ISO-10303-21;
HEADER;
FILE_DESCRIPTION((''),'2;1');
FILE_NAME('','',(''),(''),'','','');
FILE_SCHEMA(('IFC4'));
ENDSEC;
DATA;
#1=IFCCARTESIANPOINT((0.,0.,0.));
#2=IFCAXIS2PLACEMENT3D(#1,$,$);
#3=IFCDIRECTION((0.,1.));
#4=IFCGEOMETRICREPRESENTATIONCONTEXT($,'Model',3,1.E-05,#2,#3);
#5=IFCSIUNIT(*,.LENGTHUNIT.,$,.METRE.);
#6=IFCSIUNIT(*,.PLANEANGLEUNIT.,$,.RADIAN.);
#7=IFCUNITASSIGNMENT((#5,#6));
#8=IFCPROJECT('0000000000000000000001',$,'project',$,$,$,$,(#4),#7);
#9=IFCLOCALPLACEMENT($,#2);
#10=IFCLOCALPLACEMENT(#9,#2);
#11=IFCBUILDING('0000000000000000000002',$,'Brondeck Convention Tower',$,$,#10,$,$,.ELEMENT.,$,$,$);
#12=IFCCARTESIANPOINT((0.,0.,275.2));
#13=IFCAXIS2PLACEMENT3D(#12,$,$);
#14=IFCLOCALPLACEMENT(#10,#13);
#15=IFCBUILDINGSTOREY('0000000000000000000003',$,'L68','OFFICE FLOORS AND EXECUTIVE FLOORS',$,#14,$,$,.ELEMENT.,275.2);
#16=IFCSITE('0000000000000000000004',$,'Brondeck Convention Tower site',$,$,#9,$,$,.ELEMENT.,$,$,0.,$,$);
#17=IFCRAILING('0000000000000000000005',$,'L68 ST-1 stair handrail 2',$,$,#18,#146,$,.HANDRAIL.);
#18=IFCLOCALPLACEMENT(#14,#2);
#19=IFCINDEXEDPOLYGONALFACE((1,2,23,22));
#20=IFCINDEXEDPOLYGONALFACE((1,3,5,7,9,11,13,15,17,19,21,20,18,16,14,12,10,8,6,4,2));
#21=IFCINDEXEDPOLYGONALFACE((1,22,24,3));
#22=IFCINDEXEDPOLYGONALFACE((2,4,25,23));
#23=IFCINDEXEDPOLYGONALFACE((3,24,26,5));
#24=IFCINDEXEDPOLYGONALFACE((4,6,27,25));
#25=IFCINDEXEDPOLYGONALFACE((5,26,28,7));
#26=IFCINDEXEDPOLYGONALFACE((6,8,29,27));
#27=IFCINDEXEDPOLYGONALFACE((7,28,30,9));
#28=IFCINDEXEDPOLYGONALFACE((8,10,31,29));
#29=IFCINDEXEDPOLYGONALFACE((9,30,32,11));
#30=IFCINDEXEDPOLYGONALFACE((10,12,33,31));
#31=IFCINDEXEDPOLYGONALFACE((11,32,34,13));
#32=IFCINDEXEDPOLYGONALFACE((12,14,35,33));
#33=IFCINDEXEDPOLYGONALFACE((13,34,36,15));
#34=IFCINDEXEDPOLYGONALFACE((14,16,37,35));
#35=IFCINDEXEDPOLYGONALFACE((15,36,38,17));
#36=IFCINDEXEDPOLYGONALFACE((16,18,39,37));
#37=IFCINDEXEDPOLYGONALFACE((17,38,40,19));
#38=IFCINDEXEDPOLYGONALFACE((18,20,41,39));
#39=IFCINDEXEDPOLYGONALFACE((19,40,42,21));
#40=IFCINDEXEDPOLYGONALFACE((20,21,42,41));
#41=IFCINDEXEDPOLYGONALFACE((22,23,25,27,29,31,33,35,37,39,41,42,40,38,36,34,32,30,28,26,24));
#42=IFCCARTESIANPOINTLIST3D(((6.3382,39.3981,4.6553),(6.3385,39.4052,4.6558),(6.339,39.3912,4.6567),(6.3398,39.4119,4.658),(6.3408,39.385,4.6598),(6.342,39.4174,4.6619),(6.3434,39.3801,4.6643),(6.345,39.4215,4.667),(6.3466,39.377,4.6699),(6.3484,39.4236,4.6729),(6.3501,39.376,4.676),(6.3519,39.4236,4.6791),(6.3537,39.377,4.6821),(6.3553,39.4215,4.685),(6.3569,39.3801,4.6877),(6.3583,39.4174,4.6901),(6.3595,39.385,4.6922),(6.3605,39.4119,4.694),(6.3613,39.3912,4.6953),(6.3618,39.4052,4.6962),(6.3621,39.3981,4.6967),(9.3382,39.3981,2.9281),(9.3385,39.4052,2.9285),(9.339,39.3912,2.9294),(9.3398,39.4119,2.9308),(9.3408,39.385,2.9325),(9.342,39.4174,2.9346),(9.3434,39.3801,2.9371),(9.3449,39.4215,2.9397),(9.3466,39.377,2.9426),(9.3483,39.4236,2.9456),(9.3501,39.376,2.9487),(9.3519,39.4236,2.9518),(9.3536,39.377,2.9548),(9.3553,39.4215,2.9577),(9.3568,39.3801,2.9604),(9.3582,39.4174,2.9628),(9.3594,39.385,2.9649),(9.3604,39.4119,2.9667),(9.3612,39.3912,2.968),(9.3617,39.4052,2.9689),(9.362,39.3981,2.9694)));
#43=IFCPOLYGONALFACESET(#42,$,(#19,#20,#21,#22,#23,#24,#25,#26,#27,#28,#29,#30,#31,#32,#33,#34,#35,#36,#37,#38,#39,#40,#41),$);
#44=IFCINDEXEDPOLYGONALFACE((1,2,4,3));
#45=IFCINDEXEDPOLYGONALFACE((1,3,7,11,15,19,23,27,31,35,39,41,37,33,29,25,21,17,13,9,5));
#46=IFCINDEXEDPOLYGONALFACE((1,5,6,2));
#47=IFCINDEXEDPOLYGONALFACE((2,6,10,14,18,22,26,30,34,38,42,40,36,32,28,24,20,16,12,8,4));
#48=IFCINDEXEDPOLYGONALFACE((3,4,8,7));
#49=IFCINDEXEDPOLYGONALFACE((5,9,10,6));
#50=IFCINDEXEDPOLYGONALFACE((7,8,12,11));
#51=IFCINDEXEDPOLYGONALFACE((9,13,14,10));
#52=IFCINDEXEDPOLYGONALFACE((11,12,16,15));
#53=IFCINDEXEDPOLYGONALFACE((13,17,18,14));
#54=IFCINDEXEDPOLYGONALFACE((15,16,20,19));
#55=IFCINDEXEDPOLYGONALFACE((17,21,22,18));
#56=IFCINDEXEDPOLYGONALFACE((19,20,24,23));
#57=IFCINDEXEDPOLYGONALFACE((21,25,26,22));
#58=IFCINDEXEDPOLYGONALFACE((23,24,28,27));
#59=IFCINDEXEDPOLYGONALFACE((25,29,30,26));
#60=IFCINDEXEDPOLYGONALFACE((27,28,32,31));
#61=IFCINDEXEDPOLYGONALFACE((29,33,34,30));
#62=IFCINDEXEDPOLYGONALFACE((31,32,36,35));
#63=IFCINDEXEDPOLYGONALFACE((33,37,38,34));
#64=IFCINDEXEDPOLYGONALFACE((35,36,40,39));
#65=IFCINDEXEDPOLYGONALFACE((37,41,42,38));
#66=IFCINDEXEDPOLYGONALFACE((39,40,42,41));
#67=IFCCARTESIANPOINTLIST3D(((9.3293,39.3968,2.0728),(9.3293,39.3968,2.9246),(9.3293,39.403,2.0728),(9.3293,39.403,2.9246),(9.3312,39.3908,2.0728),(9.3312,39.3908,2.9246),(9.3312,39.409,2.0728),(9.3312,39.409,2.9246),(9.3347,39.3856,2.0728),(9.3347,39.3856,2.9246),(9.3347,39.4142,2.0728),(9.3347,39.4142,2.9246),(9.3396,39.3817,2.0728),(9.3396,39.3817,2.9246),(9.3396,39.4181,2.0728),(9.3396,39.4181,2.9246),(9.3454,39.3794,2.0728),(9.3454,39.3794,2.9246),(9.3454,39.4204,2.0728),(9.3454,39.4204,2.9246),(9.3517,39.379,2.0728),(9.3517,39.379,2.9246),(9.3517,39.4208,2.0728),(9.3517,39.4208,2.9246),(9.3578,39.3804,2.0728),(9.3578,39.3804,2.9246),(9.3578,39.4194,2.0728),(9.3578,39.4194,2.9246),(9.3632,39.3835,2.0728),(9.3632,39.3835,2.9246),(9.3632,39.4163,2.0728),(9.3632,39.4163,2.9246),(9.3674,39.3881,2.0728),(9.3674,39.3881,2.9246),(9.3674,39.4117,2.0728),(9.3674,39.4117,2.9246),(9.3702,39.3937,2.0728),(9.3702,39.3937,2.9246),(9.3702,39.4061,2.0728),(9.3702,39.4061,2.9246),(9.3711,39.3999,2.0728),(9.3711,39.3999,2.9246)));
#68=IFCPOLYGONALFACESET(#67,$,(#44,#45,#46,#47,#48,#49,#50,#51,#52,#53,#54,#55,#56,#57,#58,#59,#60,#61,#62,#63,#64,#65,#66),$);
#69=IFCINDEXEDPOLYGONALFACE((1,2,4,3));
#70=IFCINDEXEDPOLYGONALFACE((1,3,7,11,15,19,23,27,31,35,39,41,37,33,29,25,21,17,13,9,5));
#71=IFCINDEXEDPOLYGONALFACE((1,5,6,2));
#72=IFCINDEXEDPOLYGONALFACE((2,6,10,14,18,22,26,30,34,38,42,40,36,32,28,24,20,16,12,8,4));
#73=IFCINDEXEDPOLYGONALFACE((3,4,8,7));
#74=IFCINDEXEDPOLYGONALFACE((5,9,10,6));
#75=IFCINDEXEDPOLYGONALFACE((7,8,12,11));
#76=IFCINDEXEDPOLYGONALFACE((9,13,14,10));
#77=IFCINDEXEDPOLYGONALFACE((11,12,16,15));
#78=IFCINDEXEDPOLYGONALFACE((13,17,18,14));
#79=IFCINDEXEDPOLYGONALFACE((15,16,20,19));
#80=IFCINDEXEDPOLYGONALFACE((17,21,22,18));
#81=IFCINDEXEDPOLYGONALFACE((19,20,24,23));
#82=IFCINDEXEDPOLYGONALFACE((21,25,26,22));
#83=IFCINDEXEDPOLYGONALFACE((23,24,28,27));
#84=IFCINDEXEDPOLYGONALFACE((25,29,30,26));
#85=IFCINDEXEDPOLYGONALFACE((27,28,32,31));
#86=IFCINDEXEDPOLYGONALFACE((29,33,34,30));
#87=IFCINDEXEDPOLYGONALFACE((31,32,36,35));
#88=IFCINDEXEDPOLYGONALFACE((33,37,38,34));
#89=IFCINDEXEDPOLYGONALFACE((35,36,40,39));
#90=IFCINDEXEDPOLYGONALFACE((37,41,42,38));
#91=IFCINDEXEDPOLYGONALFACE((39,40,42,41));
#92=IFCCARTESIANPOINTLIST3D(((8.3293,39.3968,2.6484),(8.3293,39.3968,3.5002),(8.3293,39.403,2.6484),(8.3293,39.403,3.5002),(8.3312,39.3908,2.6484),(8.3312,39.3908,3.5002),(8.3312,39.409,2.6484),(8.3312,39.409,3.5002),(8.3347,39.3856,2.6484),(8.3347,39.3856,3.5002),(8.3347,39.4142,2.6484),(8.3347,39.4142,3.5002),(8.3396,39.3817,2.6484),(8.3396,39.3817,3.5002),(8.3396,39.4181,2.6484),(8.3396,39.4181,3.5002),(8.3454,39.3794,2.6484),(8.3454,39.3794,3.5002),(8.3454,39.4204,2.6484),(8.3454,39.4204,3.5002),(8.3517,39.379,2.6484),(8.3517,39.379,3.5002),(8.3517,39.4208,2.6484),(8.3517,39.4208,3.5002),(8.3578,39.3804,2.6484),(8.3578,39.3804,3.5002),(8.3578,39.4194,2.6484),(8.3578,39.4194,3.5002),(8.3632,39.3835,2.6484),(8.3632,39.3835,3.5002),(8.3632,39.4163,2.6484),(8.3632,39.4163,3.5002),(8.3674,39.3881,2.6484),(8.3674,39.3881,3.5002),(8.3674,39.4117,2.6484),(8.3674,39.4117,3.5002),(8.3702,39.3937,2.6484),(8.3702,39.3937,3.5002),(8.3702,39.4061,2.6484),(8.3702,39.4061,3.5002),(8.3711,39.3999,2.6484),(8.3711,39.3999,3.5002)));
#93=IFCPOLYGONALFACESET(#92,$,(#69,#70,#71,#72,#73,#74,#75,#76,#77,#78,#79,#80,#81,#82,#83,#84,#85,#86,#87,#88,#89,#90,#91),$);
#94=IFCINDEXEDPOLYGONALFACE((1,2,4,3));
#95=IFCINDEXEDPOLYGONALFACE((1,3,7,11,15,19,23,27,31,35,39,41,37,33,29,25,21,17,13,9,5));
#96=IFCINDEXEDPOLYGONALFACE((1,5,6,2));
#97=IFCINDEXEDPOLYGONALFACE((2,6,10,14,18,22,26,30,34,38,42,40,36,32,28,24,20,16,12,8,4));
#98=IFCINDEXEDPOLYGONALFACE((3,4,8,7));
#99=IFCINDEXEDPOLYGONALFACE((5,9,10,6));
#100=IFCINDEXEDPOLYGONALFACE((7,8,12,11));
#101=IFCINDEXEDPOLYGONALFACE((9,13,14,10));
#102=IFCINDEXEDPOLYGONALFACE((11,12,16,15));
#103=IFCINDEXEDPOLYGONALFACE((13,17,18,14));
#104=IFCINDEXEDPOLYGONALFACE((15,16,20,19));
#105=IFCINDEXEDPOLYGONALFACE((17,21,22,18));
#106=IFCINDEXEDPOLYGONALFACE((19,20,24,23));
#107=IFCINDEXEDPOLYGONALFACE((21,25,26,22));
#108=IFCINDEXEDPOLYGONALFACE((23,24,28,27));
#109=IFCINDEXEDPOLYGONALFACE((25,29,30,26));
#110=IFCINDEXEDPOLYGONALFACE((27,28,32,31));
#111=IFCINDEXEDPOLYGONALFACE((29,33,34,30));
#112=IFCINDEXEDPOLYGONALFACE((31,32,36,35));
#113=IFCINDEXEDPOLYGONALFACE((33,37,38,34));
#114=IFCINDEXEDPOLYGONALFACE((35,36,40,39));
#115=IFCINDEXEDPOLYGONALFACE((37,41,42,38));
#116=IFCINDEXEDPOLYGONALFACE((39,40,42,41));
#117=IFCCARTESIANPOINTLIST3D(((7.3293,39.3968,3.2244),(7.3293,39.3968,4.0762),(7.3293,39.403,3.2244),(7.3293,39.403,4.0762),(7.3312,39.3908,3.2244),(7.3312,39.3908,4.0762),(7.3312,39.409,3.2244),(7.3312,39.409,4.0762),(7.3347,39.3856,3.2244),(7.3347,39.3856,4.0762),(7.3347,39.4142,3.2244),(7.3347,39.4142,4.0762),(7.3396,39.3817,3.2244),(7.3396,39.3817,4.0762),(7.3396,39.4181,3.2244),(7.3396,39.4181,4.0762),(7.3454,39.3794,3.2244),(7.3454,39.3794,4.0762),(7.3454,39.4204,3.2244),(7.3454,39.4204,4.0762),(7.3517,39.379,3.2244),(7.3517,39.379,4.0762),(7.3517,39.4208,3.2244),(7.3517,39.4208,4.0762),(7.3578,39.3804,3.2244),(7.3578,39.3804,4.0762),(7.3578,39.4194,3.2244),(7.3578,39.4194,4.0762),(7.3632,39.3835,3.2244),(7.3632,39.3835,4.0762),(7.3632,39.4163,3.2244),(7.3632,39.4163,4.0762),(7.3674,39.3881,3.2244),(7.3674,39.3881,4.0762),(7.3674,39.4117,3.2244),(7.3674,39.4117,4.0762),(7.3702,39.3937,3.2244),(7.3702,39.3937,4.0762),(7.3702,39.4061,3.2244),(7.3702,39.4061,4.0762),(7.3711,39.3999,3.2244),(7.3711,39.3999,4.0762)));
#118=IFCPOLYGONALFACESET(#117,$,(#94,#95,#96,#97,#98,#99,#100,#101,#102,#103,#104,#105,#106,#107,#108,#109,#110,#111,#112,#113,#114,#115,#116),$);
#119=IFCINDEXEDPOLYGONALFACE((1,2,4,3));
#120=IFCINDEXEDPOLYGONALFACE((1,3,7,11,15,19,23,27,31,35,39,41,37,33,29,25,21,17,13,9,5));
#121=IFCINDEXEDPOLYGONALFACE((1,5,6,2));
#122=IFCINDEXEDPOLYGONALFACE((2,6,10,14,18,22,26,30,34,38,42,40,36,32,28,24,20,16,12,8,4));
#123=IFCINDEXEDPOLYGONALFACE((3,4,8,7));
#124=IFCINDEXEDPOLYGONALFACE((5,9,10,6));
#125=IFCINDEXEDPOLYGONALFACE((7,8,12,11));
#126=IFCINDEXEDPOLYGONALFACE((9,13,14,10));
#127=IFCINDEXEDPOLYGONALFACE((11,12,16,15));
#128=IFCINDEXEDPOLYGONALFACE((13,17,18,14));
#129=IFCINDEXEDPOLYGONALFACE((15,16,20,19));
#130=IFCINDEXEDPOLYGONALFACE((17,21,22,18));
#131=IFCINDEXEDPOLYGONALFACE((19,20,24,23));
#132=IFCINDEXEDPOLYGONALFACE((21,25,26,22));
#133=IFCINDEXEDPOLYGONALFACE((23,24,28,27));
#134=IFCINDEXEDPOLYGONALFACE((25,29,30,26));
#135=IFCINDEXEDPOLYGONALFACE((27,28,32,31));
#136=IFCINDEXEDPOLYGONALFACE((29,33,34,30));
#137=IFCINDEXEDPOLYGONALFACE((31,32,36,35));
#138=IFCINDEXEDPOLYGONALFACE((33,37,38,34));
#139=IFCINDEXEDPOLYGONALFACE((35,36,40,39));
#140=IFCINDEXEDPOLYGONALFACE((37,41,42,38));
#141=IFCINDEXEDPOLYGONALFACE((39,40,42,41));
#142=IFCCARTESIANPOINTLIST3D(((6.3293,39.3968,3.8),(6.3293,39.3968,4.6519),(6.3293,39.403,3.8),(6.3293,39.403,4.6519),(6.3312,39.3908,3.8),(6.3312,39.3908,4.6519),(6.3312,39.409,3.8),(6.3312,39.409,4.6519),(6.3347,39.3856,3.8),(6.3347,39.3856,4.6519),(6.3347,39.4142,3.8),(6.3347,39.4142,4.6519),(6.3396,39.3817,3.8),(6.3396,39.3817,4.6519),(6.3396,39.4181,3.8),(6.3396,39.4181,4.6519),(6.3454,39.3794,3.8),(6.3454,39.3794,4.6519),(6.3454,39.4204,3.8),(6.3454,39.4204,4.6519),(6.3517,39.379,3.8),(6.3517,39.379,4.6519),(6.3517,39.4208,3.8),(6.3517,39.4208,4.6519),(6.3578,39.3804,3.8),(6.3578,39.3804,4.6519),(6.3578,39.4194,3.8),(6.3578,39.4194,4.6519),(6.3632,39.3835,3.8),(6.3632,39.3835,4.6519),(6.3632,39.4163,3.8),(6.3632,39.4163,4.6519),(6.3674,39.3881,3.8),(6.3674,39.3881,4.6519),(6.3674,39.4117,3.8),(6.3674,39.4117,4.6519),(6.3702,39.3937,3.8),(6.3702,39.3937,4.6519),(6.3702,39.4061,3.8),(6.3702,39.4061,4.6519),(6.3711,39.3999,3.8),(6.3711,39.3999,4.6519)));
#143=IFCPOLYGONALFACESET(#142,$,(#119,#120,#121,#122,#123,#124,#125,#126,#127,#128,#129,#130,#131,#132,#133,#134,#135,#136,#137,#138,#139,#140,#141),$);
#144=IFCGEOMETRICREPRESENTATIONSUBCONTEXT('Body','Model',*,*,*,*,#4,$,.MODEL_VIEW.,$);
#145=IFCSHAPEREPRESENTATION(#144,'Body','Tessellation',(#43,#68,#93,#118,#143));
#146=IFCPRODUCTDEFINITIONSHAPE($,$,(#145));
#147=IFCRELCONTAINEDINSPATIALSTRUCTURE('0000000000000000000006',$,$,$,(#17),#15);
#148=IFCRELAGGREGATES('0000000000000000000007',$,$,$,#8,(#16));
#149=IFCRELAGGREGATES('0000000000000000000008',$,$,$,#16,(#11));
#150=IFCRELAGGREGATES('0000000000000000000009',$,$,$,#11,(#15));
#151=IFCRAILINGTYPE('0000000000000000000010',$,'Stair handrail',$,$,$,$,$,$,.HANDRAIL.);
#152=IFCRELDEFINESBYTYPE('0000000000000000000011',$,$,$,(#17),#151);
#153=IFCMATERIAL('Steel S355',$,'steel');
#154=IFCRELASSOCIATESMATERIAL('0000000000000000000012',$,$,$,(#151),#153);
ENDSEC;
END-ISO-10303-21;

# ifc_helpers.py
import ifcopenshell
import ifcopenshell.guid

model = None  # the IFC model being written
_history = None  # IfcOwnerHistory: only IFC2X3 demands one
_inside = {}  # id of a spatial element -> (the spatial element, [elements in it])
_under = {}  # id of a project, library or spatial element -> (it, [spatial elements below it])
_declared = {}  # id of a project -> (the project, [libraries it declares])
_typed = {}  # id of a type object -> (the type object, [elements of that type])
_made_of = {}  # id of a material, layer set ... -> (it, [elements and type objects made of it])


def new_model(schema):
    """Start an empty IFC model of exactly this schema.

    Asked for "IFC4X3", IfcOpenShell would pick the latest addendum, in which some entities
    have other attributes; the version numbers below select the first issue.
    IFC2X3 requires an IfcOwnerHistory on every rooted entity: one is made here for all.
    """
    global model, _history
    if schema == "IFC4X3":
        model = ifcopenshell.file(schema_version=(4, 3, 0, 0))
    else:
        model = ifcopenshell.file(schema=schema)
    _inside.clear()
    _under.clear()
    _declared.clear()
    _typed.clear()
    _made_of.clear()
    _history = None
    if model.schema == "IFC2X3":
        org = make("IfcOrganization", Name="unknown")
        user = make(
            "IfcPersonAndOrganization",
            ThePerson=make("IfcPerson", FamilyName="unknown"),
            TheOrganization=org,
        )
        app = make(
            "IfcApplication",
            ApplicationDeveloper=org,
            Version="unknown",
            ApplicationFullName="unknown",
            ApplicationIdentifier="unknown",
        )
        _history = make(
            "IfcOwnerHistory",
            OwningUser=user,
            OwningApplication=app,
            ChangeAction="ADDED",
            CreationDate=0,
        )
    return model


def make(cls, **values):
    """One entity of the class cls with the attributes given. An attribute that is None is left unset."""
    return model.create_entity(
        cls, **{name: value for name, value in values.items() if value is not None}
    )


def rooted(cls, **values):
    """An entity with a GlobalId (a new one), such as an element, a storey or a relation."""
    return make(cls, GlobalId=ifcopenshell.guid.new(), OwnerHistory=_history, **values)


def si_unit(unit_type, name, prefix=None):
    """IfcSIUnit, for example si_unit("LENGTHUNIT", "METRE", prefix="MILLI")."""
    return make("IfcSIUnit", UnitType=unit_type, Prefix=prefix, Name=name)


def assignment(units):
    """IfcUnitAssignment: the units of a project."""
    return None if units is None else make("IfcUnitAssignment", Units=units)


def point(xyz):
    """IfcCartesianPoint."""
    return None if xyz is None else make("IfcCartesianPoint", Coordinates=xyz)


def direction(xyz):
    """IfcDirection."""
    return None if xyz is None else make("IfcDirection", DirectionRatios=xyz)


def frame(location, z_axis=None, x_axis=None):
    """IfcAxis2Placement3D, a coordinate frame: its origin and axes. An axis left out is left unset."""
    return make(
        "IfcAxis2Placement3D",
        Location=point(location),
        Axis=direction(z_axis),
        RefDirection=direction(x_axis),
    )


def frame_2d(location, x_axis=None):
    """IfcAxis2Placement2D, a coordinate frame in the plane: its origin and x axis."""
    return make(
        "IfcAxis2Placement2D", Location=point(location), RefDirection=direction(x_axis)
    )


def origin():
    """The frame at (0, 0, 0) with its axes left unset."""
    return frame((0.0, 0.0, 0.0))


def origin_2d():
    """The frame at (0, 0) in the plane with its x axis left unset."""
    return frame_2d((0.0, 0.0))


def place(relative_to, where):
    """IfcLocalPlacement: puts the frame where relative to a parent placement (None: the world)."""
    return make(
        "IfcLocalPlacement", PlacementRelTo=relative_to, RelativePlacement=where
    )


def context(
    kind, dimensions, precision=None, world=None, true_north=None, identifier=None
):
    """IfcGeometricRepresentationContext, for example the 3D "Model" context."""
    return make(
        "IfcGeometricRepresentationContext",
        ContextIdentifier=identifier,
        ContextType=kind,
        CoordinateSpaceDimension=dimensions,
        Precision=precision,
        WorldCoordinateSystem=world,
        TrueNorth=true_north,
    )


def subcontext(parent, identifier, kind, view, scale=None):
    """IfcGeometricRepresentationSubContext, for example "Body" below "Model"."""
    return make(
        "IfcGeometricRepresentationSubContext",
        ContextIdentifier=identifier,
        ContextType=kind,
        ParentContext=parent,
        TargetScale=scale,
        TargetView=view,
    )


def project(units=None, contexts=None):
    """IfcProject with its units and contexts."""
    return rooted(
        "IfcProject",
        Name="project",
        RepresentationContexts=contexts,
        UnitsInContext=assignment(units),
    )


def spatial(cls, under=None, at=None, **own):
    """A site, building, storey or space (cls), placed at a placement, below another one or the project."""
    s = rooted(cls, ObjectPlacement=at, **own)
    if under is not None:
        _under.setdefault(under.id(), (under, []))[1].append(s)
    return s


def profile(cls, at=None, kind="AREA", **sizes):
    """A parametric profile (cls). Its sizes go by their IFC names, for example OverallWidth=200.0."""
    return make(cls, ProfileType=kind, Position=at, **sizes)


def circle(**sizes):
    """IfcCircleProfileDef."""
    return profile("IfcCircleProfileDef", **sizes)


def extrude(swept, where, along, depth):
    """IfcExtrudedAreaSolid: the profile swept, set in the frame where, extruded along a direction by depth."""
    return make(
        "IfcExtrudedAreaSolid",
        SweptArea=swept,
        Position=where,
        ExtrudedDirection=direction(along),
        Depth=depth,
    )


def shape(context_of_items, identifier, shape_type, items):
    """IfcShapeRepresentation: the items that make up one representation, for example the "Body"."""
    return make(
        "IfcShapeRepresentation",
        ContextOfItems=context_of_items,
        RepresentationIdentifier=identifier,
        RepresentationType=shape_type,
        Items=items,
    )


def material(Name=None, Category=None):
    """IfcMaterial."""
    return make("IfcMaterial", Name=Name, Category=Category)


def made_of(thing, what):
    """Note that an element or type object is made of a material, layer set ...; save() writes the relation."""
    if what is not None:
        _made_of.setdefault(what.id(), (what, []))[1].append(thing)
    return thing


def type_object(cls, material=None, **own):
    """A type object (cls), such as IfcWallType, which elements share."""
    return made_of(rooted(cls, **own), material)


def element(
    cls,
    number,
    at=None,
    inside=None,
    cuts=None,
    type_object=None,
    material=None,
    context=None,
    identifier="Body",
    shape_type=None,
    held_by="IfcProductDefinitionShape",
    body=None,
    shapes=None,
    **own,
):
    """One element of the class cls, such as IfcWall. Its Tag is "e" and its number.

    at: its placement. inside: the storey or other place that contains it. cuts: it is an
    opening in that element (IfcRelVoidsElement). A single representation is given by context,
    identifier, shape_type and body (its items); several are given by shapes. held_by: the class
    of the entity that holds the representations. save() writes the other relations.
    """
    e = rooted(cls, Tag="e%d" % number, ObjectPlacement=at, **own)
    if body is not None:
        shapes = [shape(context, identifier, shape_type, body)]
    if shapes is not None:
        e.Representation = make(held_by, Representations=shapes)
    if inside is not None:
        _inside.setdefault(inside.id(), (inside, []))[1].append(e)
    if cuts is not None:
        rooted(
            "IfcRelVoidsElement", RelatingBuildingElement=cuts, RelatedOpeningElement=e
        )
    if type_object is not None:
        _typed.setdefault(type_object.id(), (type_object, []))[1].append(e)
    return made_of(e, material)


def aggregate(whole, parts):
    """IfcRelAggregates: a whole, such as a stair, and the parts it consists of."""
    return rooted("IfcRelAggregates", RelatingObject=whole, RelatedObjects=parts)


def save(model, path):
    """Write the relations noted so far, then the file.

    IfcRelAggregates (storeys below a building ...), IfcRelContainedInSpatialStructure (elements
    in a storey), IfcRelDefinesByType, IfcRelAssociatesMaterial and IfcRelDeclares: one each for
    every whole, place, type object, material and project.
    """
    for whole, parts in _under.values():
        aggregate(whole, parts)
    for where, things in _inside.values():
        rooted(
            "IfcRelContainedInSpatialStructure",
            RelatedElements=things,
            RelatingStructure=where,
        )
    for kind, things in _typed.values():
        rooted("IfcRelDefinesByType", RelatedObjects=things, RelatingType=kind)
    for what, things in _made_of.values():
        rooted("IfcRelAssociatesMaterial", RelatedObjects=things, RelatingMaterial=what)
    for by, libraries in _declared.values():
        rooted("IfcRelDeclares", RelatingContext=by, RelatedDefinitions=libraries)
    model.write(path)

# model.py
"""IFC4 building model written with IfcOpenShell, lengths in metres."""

from ifc_helpers import new_model, si_unit, direction, frame, origin, origin_2d, place, context, subcontext, project, spatial, circle, extrude, material, type_object, element, save


model = new_model("IFC4")

# Units and contexts
model_context = context("Model", 3, precision=1e-05, world=origin(), true_north=direction((0.0, 1.0)))
body_context = subcontext(model_context, "Body", "Model", "MODEL_VIEW")
ifc_project = project(units=[si_unit("LENGTHUNIT", "METRE"), si_unit("PLANEANGLEUNIT", "RADIAN")], contexts=[model_context])

# Site, building, storey
site_placement = place(None, origin())
site = spatial("IfcSite", under=ifc_project, at=site_placement, Name="Brondeck Convention Tower site", CompositionType="ELEMENT", RefElevation=0.0)
building_placement = place(site_placement, origin())
building = spatial("IfcBuilding", under=site, at=building_placement, Name="Brondeck Convention Tower", CompositionType="ELEMENT")
storey_placement = place(building_placement, frame((0.0, 0.0, 275.2)))
storey = spatial("IfcBuildingStorey", under=building, at=storey_placement, Name="L68", Description="OFFICE FLOORS AND EXECUTIVE FLOORS", CompositionType="ELEMENT", Elevation=275.2)

# Railing
ifc_material_1 = material(Name="Steel S355", Category="steel")
railing_type_1 = type_object("IfcRailingType", Name="Stair handrail", PredefinedType="HANDRAIL", material=ifc_material_1)
railing_1_placement = place(storey_placement, frame((9.3501, 39.3999, 2.0728)))
element("IfcRailing", 1, at=railing_1_placement, inside=storey, type_object=railing_type_1, Name="L68 ST-1 stair handrail 2", PredefinedType="HANDRAIL", context=body_context, shape_type="SweptSolid", body=[
    extrude(circle(Radius=0.0239, at=origin_2d()), frame((0.0, 0.0, 0.876), z_axis=(-0.86662, 0.0, 0.498969), x_axis=(0.0, -1.0, 0.0)), (0.0, 0.0, 1.0), 3.4617),
    extrude(circle(Radius=0.021, at=origin_2d()), origin(), (0.0, 0.0, 1.0), 0.8518),
    extrude(circle(Radius=0.021, at=origin_2d()), frame((-1.0, 0.0, 0.5757)), (0.0, 0.0, 1.0), 0.8518),
    extrude(circle(Radius=0.021, at=origin_2d()), frame((-2.0, 0.0, 1.1516)), (0.0, 0.0, 1.0), 0.8518),
    extrude(circle(Radius=0.021, at=origin_2d()), frame((-3.0, 0.0, 1.7273)), (0.0, 0.0, 1.0), 0.8518),
])

save(model, "model.ifc")
